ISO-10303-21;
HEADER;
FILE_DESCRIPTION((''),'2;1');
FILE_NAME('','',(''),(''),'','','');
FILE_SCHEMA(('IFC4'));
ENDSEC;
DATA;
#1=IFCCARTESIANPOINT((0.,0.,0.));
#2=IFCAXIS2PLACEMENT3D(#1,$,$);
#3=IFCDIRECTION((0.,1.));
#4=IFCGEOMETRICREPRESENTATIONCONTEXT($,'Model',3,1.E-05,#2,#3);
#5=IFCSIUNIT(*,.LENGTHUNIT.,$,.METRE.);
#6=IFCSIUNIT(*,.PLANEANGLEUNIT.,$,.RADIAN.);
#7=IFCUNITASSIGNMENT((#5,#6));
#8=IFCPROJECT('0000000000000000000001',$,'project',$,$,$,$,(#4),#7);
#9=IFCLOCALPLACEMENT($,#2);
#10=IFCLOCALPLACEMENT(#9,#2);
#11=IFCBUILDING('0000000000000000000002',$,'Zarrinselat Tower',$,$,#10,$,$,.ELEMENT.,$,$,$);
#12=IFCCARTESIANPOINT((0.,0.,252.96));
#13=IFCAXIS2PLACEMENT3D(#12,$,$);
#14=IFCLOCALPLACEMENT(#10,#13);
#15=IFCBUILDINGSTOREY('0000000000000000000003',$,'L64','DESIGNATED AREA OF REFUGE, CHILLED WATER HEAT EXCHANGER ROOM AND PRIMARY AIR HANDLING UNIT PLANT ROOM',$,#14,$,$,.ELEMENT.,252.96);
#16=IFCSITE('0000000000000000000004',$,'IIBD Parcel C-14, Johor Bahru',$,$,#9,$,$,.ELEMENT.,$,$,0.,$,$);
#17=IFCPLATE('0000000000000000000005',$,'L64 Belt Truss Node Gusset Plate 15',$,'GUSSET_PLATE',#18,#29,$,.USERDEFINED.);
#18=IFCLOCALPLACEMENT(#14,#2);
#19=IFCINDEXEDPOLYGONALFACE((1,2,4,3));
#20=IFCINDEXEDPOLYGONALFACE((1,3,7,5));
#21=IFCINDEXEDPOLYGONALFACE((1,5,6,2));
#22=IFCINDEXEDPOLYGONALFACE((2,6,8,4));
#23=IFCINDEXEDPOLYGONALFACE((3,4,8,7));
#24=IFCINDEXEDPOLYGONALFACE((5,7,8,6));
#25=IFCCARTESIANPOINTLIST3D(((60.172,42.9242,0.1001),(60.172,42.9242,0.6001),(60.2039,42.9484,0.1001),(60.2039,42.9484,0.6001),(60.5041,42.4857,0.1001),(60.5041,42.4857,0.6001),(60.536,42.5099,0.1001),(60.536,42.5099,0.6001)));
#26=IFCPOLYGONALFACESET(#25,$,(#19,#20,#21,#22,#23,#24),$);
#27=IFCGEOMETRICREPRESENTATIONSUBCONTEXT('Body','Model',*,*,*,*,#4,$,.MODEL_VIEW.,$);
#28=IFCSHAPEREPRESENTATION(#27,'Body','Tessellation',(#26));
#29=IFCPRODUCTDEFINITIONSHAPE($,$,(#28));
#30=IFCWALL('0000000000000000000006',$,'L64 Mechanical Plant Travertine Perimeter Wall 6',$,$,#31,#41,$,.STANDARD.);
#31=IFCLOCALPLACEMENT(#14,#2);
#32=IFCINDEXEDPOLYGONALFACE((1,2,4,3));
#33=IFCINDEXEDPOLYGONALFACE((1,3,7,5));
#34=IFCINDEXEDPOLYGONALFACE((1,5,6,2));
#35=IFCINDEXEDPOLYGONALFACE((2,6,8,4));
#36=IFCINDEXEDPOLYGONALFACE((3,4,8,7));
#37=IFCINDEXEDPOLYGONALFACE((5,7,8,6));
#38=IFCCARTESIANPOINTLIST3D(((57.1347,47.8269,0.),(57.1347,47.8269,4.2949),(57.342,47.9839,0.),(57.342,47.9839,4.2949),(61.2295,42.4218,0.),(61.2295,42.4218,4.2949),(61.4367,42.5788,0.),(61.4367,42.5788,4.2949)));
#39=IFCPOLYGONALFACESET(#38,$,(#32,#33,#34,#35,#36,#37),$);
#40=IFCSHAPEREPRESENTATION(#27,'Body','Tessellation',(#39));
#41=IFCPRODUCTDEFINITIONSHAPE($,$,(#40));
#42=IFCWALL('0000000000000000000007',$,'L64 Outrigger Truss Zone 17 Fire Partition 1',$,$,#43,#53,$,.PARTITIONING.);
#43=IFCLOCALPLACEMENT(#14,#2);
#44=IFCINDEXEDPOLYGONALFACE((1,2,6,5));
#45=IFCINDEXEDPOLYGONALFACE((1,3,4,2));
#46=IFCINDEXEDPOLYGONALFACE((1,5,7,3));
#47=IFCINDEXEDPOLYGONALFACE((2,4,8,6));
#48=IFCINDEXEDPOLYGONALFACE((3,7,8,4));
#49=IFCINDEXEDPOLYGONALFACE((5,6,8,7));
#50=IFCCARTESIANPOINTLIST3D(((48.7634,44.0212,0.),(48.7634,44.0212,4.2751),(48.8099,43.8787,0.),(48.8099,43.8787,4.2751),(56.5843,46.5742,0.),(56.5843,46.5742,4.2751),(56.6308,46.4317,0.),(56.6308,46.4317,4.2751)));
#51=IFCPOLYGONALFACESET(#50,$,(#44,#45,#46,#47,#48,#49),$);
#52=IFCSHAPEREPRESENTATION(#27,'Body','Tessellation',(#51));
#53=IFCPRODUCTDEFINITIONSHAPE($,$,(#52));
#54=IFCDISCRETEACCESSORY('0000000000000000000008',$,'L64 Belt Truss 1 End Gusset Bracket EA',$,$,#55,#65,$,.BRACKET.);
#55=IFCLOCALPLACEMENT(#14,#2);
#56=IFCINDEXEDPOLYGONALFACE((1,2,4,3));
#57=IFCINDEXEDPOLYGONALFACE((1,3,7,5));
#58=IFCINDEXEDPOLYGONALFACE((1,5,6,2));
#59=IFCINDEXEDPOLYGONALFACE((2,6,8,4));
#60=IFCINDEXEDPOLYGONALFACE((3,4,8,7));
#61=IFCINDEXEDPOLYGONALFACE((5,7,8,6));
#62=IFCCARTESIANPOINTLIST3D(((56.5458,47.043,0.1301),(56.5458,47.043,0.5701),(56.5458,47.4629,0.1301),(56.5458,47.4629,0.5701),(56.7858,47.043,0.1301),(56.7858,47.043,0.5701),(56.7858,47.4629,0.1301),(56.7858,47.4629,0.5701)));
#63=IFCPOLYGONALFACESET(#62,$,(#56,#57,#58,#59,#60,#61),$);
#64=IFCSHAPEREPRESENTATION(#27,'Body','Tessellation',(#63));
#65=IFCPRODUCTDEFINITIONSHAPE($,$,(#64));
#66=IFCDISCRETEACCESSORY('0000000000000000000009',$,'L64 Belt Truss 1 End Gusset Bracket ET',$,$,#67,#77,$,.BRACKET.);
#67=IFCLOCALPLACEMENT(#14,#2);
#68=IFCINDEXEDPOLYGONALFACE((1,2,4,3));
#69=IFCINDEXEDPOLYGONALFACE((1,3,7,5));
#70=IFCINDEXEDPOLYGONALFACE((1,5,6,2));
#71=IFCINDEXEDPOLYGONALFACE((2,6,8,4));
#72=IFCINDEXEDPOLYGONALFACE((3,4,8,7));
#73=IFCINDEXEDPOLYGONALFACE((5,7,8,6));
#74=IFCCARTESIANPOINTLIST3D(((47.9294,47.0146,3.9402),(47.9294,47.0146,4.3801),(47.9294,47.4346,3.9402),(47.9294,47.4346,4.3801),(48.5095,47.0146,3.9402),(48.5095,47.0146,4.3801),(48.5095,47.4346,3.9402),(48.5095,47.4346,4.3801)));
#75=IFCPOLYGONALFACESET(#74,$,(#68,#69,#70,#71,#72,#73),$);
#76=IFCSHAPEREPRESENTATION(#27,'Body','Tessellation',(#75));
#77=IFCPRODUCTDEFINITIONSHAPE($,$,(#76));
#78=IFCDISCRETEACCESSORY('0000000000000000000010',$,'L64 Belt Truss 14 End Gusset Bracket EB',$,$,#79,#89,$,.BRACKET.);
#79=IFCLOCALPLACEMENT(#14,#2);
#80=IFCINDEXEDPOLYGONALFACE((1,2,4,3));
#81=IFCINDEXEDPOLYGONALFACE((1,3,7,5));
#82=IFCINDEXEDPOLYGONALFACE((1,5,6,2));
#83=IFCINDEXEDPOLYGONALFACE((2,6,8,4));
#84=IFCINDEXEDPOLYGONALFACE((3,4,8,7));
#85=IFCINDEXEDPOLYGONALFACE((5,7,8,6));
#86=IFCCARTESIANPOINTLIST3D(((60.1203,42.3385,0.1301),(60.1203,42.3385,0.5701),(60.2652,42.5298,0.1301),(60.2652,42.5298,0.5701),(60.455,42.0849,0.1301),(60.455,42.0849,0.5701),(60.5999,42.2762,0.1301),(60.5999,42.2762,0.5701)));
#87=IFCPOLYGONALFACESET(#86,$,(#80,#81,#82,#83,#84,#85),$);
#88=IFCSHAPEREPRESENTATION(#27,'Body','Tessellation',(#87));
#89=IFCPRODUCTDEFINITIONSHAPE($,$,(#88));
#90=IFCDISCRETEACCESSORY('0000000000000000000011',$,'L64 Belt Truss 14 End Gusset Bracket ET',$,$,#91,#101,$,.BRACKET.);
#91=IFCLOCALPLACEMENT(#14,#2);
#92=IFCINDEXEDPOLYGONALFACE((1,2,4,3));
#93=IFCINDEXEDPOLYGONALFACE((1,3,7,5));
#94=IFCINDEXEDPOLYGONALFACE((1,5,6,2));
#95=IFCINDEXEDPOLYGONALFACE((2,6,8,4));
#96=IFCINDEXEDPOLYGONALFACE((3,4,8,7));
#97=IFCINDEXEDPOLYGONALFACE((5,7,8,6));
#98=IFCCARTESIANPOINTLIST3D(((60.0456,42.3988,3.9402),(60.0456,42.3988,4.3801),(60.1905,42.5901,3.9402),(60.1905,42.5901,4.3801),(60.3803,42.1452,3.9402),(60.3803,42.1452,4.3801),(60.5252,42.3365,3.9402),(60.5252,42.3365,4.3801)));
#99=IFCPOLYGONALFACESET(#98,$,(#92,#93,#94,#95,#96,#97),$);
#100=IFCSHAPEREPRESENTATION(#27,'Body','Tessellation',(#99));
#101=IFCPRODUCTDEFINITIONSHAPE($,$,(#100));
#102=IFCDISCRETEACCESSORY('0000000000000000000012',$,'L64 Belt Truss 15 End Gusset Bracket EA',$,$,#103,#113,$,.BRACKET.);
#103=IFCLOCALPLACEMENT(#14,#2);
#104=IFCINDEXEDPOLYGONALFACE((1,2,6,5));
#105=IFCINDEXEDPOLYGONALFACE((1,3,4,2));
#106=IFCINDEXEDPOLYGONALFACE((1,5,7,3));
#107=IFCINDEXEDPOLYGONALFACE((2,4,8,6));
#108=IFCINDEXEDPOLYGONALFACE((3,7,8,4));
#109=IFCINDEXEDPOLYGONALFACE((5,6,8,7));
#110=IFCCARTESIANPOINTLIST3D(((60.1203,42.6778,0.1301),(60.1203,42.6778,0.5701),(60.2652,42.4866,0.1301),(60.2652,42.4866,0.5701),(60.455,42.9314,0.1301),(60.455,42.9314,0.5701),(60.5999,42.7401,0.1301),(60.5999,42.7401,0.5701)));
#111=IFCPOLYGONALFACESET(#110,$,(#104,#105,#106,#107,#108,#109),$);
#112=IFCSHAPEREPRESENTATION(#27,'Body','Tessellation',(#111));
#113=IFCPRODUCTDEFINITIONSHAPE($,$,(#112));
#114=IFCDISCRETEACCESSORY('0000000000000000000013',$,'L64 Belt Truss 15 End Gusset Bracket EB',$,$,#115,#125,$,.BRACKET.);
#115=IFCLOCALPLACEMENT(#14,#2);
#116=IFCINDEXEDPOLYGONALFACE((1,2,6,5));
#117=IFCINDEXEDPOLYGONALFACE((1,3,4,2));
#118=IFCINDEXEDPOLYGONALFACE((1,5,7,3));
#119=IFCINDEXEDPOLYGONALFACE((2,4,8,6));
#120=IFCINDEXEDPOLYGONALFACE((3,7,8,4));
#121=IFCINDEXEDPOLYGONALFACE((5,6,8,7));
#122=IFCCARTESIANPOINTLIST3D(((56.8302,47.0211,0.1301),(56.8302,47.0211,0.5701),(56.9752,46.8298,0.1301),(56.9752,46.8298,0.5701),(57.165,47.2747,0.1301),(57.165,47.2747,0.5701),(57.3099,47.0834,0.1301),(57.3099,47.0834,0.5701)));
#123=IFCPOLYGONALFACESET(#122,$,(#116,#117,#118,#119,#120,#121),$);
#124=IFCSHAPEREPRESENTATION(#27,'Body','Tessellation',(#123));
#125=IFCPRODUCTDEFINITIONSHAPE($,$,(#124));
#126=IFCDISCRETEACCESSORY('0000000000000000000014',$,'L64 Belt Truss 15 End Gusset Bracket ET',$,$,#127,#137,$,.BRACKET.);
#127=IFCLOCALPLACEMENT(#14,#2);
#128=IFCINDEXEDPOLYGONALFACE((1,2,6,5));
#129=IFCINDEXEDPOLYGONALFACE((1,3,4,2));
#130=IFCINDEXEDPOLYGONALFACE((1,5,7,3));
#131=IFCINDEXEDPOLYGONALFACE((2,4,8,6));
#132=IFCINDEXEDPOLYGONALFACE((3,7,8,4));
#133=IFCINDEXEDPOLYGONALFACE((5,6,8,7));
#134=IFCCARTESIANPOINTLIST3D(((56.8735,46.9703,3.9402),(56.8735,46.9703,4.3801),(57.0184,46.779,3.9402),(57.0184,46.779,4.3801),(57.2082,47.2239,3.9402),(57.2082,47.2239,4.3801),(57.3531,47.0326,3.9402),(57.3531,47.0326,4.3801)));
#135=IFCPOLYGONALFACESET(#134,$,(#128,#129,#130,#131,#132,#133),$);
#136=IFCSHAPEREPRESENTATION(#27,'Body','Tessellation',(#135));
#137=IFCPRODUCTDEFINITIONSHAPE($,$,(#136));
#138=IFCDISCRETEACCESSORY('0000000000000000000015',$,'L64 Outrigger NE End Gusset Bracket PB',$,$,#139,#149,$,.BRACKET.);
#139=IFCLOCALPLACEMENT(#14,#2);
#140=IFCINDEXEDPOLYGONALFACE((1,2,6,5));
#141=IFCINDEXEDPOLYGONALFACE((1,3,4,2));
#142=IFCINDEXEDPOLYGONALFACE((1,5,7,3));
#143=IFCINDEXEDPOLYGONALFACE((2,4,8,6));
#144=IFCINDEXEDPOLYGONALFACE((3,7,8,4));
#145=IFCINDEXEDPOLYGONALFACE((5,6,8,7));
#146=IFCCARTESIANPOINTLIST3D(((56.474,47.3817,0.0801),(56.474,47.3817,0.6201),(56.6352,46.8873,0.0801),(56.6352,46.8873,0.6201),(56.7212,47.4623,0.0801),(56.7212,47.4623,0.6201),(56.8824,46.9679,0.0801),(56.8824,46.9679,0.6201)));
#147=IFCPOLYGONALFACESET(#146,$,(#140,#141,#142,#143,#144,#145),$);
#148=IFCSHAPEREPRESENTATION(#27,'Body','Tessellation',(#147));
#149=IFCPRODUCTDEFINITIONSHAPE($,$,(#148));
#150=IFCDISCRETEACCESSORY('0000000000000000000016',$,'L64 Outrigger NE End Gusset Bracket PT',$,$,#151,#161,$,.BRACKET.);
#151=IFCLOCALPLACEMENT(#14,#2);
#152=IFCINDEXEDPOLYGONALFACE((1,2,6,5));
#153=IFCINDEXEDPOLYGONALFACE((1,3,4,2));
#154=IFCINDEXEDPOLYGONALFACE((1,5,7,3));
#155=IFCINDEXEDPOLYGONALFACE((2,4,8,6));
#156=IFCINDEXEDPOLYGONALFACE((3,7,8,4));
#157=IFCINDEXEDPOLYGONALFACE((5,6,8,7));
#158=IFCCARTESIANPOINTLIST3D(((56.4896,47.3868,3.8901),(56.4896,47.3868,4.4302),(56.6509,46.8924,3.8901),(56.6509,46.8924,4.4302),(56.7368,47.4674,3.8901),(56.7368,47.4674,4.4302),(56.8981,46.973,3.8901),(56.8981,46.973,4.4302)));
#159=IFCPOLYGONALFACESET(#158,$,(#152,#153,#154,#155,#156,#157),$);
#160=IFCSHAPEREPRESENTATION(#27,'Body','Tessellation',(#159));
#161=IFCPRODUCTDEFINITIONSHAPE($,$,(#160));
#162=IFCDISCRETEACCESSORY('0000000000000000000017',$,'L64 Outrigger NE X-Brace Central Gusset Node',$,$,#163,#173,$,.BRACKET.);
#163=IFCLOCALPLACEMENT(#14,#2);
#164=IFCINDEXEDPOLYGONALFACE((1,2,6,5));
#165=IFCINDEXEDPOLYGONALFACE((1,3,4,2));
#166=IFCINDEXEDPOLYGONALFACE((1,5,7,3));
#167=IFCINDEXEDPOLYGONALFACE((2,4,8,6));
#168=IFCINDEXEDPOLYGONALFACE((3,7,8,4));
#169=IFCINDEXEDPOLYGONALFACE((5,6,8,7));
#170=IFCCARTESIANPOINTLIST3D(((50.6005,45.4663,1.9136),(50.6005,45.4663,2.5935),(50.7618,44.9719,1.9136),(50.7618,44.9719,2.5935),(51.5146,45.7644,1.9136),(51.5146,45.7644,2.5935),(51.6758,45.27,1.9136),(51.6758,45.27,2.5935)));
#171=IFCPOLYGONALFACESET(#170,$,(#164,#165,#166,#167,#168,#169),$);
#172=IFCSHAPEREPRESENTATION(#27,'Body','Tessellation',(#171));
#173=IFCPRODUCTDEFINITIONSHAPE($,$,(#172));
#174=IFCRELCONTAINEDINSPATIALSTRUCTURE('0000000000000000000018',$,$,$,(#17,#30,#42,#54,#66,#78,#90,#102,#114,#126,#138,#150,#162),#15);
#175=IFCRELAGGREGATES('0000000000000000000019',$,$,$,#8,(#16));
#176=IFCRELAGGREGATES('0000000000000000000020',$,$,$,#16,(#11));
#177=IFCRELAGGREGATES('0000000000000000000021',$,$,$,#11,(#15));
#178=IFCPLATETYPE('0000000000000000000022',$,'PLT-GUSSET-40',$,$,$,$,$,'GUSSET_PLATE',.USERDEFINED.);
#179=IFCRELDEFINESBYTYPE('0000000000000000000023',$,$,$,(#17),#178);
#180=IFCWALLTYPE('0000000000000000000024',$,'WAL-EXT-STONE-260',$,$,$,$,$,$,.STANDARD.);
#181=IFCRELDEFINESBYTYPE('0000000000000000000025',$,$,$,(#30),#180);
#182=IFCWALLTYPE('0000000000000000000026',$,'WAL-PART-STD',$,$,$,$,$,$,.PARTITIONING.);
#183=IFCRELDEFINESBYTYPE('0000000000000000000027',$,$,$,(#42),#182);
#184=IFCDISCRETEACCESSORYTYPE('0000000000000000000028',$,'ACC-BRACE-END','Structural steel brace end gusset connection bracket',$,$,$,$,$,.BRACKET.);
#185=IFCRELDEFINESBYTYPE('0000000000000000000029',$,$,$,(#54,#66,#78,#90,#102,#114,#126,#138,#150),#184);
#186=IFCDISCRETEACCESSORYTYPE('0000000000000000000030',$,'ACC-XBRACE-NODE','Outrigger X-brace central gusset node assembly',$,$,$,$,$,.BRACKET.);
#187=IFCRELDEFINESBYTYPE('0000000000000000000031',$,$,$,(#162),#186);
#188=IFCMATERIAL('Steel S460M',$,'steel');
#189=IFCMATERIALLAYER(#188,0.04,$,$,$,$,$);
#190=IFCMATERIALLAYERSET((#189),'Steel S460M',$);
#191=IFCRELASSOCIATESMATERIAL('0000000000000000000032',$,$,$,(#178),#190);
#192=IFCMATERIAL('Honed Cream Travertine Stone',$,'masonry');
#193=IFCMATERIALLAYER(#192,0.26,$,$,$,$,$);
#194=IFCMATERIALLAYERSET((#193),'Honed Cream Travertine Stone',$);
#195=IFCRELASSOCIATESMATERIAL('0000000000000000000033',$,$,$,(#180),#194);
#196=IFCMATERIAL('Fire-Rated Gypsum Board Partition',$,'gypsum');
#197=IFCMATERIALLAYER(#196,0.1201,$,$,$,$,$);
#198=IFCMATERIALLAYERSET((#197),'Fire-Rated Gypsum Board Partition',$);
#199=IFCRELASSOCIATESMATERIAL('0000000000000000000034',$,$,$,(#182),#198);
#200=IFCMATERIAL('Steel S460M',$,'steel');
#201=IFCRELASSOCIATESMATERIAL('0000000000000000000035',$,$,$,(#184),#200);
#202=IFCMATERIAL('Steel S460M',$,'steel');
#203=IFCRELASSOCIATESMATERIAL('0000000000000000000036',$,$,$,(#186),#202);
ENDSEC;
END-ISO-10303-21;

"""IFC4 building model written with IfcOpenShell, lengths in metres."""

from ifc_helpers import new_model, si_unit, direction, frame, frame_2d, origin, origin_2d, place, context, subcontext, project, spatial, rectangle, extrude, material, layer, layer_set, type_object, element, save


model = new_model("IFC4")

# Units and contexts
model_context = context("Model", 3, precision=1e-05, world=origin(), true_north=direction((0.0, 1.0)))
body_context = subcontext(model_context, "Body", "Model", "MODEL_VIEW")
ifc_project = project(units=[si_unit("LENGTHUNIT", "METRE"), si_unit("PLANEANGLEUNIT", "RADIAN")], contexts=[model_context])

# Site, building, storey
site_placement = place(None, origin())
site = spatial("IfcSite", under=ifc_project, at=site_placement, Name="IIBD Parcel C-14, Johor Bahru", CompositionType="ELEMENT", RefElevation=0.0)
building_placement = place(site_placement, origin())
building = spatial("IfcBuilding", under=site, at=building_placement, Name="Zarrinselat Tower", CompositionType="ELEMENT")
storey_placement = place(building_placement, frame((0.0, 0.0, 252.96)))
storey = spatial("IfcBuildingStorey", under=building, at=storey_placement, Name="L64", Description="DESIGNATED AREA OF REFUGE, CHILLED WATER HEAT EXCHANGER ROOM AND PRIMARY AIR HANDLING UNIT PLANT ROOM", CompositionType="ELEMENT", Elevation=252.96)

# Plate
ifc_material_1 = material(Name="Steel S460M", Category="steel")
ifc_layer_1 = layer(ifc_material_1, 0.04)
ifc_layer_set_1 = layer_set([ifc_layer_1], Name="Steel S460M")
plate_type = type_object("IfcPlateType", Name="PLT-GUSSET-40", ElementType="GUSSET_PLATE", PredefinedType="USERDEFINED", material=ifc_layer_set_1)
for number, where, z_axis, x_axis, name in (
    (1, (60.354, 42.717, 0.1001), (0.0, 0.0, 1.0), (-0.60385, 0.797098, 0.0), "L64 Belt Truss Node Gusset Plate 15"),
):
    element("IfcPlate", number, at=place(storey_placement, frame(where, z_axis=z_axis, x_axis=x_axis)), inside=storey, type_object=plate_type, Name=name, ObjectType="GUSSET_PLATE", PredefinedType="USERDEFINED", context=body_context, shape_type="SweptSolid", body=[
        extrude(rectangle(XDim=0.55, YDim=0.04, at=origin_2d()), origin(), (0.0, 0.0, 1.0), 0.5),
    ])

# Walls
ifc_material_2 = material(Name="Honed Cream Travertine Stone", Category="masonry")
ifc_layer_2 = layer(ifc_material_2, 0.26)
ifc_layer_set_2 = layer_set([ifc_layer_2], Name="Honed Cream Travertine Stone")
wall_type_1 = type_object("IfcWallType", Name="WAL-EXT-STONE-260", PredefinedType="STANDARD", material=ifc_layer_set_2)
wall_1_placement = place(storey_placement, frame((57.2383, 47.9055, 0.0), z_axis=(0.0, 0.0, 1.0), x_axis=(0.603858, -0.797092, 0.0)))
element("IfcWall", 2, at=wall_1_placement, inside=storey, type_object=wall_type_1, Name="L64 Mechanical Plant Travertine Perimeter Wall 6", PredefinedType="STANDARD", context=body_context, shape_type="SweptSolid", body=[
    extrude(rectangle(XDim=6.781, YDim=0.26, at=frame_2d((3.3906, 0.0))), origin(), (0.0, 0.0, 1.0), 4.2949),
])
ifc_material_3 = material(Name="Fire-Rated Gypsum Board Partition", Category="gypsum")
ifc_layer_3 = layer(ifc_material_3, 0.1201)
ifc_layer_set_3 = layer_set([ifc_layer_3], Name="Fire-Rated Gypsum Board Partition")
wall_type_2 = type_object("IfcWallType", Name="WAL-PART-STD", PredefinedType="PARTITIONING", material=ifc_layer_set_3)
wall_2_placement = place(storey_placement, frame((48.7866, 43.95, 0.0), z_axis=(0.0, 0.0, 1.0), x_axis=(0.950632, 0.310319, 0.0)))
element("IfcWall", 3, at=wall_2_placement, inside=storey, type_object=wall_type_2, Name="L64 Outrigger Truss Zone 17 Fire Partition 1", PredefinedType="PARTITIONING", context=body_context, shape_type="SweptSolid", body=[
    extrude(rectangle(XDim=8.2271, YDim=0.1499, at=frame_2d((4.1135, 0.0))), origin(), (0.0, 0.0, 1.0), 4.2751),
])

# Discrete accessories
ifc_material_4 = material(Name="Steel S460M", Category="steel")
discrete_accessory_type_1 = type_object("IfcDiscreteAccessoryType", Name="ACC-BRACE-END", Description="Structural steel brace end gusset connection bracket", PredefinedType="BRACKET", material=ifc_material_4)
discrete_accessory_1_placement = place(storey_placement, frame((56.6658, 47.2529, 0.1301), z_axis=(0.0, 0.0, 1.0), x_axis=(-1.0, 0.0, 0.0)))
element("IfcDiscreteAccessory", 4, at=discrete_accessory_1_placement, inside=storey, type_object=discrete_accessory_type_1, Name="L64 Belt Truss 1 End Gusset Bracket EA", PredefinedType="BRACKET", context=body_context, shape_type="SweptSolid", body=[
    extrude(rectangle(XDim=0.24, YDim=0.4199, at=origin_2d()), origin(), (0.0, 0.0, 1.0), 0.4399),
])
discrete_accessory_2_placement = place(storey_placement, frame((48.2195, 47.2246, 3.9402), z_axis=(0.0, 0.0, 1.0), x_axis=(-1.0, 0.0, 0.0)))
element("IfcDiscreteAccessory", 5, at=discrete_accessory_2_placement, inside=storey, type_object=discrete_accessory_type_1, Name="L64 Belt Truss 1 End Gusset Bracket ET", PredefinedType="BRACKET", context=body_context, shape_type="SweptSolid", body=[
    extrude(rectangle(XDim=0.5801, YDim=0.4199, at=origin_2d()), origin(), (0.0, 0.0, 1.0), 0.4399),
])
for number, where, z_axis, x_axis, name in (
    (6, (60.3601, 42.3074, 0.1301), (0.0, 0.0, 1.0), (0.603856, 0.797093, 0.0), "L64 Belt Truss 14 End Gusset Bracket EB"),
    (7, (60.2854, 42.3677, 3.9402), (0.0, 0.0, 1.0), (0.603856, 0.797093, 0.0), "L64 Belt Truss 14 End Gusset Bracket ET"),
    (8, (60.3601, 42.709, 0.1301), (0.0, 0.0, 1.0), (-0.60385, 0.797098, 0.0), "L64 Belt Truss 15 End Gusset Bracket EA"),
    (9, (57.0701, 47.0522, 0.1301), (0.0, 0.0, 1.0), (-0.60385, 0.797098, 0.0), "L64 Belt Truss 15 End Gusset Bracket EB"),
    (10, (57.1133, 47.0015, 3.9402), (0.0, 0.0, 1.0), (-0.60385, 0.797098, 0.0), "L64 Belt Truss 15 End Gusset Bracket ET"),
):
    element("IfcDiscreteAccessory", number, at=place(storey_placement, frame(where, z_axis=z_axis, x_axis=x_axis)), inside=storey, type_object=discrete_accessory_type_1, Name=name, PredefinedType="BRACKET", context=body_context, shape_type="SweptSolid", body=[
        extrude(rectangle(XDim=0.24, YDim=0.4199, at=origin_2d()), origin(), (0.0, 0.0, 1.0), 0.4399),
    ])
for number, where, z_axis, x_axis, name in (
    (11, (56.6782, 47.1748, 0.0801), (0.0, 0.0, 1.0), (0.95072, 0.310051, 0.0), "L64 Outrigger NE End Gusset Bracket PB"),
    (12, (56.6938, 47.1799, 3.8901), (0.0, 0.0, 1.0), (0.95072, 0.310051, 0.0), "L64 Outrigger NE End Gusset Bracket PT"),
):
    element("IfcDiscreteAccessory", number, at=place(storey_placement, frame(where, z_axis=z_axis, x_axis=x_axis)), inside=storey, type_object=discrete_accessory_type_1, Name=name, PredefinedType="BRACKET", context=body_context, shape_type="SweptSolid", body=[
        extrude(rectangle(XDim=0.26, YDim=0.52, at=origin_2d()), origin(), (0.0, 0.0, 1.0), 0.54),
    ])
ifc_material_5 = material(Name="Steel S460M", Category="steel")
discrete_accessory_type_2 = type_object("IfcDiscreteAccessoryType", Name="ACC-XBRACE-NODE", Description="Outrigger X-brace central gusset node assembly", PredefinedType="BRACKET", material=ifc_material_5)
discrete_accessory_3_placement = place(storey_placement, frame((51.1382, 45.3682, 1.9136), z_axis=(0.0, 0.0, 1.0), x_axis=(0.95072, 0.310051, 0.0)))
element("IfcDiscreteAccessory", 13, at=discrete_accessory_3_placement, inside=storey, type_object=discrete_accessory_type_2, Name="L64 Outrigger NE X-Brace Central Gusset Node", PredefinedType="BRACKET", context=body_context, shape_type="SweptSolid", body=[
    extrude(rectangle(XDim=0.9614, YDim=0.52, at=origin_2d()), origin(), (0.0, 0.0, 1.0), 0.6799),
])

save(model, "model.ifc")
